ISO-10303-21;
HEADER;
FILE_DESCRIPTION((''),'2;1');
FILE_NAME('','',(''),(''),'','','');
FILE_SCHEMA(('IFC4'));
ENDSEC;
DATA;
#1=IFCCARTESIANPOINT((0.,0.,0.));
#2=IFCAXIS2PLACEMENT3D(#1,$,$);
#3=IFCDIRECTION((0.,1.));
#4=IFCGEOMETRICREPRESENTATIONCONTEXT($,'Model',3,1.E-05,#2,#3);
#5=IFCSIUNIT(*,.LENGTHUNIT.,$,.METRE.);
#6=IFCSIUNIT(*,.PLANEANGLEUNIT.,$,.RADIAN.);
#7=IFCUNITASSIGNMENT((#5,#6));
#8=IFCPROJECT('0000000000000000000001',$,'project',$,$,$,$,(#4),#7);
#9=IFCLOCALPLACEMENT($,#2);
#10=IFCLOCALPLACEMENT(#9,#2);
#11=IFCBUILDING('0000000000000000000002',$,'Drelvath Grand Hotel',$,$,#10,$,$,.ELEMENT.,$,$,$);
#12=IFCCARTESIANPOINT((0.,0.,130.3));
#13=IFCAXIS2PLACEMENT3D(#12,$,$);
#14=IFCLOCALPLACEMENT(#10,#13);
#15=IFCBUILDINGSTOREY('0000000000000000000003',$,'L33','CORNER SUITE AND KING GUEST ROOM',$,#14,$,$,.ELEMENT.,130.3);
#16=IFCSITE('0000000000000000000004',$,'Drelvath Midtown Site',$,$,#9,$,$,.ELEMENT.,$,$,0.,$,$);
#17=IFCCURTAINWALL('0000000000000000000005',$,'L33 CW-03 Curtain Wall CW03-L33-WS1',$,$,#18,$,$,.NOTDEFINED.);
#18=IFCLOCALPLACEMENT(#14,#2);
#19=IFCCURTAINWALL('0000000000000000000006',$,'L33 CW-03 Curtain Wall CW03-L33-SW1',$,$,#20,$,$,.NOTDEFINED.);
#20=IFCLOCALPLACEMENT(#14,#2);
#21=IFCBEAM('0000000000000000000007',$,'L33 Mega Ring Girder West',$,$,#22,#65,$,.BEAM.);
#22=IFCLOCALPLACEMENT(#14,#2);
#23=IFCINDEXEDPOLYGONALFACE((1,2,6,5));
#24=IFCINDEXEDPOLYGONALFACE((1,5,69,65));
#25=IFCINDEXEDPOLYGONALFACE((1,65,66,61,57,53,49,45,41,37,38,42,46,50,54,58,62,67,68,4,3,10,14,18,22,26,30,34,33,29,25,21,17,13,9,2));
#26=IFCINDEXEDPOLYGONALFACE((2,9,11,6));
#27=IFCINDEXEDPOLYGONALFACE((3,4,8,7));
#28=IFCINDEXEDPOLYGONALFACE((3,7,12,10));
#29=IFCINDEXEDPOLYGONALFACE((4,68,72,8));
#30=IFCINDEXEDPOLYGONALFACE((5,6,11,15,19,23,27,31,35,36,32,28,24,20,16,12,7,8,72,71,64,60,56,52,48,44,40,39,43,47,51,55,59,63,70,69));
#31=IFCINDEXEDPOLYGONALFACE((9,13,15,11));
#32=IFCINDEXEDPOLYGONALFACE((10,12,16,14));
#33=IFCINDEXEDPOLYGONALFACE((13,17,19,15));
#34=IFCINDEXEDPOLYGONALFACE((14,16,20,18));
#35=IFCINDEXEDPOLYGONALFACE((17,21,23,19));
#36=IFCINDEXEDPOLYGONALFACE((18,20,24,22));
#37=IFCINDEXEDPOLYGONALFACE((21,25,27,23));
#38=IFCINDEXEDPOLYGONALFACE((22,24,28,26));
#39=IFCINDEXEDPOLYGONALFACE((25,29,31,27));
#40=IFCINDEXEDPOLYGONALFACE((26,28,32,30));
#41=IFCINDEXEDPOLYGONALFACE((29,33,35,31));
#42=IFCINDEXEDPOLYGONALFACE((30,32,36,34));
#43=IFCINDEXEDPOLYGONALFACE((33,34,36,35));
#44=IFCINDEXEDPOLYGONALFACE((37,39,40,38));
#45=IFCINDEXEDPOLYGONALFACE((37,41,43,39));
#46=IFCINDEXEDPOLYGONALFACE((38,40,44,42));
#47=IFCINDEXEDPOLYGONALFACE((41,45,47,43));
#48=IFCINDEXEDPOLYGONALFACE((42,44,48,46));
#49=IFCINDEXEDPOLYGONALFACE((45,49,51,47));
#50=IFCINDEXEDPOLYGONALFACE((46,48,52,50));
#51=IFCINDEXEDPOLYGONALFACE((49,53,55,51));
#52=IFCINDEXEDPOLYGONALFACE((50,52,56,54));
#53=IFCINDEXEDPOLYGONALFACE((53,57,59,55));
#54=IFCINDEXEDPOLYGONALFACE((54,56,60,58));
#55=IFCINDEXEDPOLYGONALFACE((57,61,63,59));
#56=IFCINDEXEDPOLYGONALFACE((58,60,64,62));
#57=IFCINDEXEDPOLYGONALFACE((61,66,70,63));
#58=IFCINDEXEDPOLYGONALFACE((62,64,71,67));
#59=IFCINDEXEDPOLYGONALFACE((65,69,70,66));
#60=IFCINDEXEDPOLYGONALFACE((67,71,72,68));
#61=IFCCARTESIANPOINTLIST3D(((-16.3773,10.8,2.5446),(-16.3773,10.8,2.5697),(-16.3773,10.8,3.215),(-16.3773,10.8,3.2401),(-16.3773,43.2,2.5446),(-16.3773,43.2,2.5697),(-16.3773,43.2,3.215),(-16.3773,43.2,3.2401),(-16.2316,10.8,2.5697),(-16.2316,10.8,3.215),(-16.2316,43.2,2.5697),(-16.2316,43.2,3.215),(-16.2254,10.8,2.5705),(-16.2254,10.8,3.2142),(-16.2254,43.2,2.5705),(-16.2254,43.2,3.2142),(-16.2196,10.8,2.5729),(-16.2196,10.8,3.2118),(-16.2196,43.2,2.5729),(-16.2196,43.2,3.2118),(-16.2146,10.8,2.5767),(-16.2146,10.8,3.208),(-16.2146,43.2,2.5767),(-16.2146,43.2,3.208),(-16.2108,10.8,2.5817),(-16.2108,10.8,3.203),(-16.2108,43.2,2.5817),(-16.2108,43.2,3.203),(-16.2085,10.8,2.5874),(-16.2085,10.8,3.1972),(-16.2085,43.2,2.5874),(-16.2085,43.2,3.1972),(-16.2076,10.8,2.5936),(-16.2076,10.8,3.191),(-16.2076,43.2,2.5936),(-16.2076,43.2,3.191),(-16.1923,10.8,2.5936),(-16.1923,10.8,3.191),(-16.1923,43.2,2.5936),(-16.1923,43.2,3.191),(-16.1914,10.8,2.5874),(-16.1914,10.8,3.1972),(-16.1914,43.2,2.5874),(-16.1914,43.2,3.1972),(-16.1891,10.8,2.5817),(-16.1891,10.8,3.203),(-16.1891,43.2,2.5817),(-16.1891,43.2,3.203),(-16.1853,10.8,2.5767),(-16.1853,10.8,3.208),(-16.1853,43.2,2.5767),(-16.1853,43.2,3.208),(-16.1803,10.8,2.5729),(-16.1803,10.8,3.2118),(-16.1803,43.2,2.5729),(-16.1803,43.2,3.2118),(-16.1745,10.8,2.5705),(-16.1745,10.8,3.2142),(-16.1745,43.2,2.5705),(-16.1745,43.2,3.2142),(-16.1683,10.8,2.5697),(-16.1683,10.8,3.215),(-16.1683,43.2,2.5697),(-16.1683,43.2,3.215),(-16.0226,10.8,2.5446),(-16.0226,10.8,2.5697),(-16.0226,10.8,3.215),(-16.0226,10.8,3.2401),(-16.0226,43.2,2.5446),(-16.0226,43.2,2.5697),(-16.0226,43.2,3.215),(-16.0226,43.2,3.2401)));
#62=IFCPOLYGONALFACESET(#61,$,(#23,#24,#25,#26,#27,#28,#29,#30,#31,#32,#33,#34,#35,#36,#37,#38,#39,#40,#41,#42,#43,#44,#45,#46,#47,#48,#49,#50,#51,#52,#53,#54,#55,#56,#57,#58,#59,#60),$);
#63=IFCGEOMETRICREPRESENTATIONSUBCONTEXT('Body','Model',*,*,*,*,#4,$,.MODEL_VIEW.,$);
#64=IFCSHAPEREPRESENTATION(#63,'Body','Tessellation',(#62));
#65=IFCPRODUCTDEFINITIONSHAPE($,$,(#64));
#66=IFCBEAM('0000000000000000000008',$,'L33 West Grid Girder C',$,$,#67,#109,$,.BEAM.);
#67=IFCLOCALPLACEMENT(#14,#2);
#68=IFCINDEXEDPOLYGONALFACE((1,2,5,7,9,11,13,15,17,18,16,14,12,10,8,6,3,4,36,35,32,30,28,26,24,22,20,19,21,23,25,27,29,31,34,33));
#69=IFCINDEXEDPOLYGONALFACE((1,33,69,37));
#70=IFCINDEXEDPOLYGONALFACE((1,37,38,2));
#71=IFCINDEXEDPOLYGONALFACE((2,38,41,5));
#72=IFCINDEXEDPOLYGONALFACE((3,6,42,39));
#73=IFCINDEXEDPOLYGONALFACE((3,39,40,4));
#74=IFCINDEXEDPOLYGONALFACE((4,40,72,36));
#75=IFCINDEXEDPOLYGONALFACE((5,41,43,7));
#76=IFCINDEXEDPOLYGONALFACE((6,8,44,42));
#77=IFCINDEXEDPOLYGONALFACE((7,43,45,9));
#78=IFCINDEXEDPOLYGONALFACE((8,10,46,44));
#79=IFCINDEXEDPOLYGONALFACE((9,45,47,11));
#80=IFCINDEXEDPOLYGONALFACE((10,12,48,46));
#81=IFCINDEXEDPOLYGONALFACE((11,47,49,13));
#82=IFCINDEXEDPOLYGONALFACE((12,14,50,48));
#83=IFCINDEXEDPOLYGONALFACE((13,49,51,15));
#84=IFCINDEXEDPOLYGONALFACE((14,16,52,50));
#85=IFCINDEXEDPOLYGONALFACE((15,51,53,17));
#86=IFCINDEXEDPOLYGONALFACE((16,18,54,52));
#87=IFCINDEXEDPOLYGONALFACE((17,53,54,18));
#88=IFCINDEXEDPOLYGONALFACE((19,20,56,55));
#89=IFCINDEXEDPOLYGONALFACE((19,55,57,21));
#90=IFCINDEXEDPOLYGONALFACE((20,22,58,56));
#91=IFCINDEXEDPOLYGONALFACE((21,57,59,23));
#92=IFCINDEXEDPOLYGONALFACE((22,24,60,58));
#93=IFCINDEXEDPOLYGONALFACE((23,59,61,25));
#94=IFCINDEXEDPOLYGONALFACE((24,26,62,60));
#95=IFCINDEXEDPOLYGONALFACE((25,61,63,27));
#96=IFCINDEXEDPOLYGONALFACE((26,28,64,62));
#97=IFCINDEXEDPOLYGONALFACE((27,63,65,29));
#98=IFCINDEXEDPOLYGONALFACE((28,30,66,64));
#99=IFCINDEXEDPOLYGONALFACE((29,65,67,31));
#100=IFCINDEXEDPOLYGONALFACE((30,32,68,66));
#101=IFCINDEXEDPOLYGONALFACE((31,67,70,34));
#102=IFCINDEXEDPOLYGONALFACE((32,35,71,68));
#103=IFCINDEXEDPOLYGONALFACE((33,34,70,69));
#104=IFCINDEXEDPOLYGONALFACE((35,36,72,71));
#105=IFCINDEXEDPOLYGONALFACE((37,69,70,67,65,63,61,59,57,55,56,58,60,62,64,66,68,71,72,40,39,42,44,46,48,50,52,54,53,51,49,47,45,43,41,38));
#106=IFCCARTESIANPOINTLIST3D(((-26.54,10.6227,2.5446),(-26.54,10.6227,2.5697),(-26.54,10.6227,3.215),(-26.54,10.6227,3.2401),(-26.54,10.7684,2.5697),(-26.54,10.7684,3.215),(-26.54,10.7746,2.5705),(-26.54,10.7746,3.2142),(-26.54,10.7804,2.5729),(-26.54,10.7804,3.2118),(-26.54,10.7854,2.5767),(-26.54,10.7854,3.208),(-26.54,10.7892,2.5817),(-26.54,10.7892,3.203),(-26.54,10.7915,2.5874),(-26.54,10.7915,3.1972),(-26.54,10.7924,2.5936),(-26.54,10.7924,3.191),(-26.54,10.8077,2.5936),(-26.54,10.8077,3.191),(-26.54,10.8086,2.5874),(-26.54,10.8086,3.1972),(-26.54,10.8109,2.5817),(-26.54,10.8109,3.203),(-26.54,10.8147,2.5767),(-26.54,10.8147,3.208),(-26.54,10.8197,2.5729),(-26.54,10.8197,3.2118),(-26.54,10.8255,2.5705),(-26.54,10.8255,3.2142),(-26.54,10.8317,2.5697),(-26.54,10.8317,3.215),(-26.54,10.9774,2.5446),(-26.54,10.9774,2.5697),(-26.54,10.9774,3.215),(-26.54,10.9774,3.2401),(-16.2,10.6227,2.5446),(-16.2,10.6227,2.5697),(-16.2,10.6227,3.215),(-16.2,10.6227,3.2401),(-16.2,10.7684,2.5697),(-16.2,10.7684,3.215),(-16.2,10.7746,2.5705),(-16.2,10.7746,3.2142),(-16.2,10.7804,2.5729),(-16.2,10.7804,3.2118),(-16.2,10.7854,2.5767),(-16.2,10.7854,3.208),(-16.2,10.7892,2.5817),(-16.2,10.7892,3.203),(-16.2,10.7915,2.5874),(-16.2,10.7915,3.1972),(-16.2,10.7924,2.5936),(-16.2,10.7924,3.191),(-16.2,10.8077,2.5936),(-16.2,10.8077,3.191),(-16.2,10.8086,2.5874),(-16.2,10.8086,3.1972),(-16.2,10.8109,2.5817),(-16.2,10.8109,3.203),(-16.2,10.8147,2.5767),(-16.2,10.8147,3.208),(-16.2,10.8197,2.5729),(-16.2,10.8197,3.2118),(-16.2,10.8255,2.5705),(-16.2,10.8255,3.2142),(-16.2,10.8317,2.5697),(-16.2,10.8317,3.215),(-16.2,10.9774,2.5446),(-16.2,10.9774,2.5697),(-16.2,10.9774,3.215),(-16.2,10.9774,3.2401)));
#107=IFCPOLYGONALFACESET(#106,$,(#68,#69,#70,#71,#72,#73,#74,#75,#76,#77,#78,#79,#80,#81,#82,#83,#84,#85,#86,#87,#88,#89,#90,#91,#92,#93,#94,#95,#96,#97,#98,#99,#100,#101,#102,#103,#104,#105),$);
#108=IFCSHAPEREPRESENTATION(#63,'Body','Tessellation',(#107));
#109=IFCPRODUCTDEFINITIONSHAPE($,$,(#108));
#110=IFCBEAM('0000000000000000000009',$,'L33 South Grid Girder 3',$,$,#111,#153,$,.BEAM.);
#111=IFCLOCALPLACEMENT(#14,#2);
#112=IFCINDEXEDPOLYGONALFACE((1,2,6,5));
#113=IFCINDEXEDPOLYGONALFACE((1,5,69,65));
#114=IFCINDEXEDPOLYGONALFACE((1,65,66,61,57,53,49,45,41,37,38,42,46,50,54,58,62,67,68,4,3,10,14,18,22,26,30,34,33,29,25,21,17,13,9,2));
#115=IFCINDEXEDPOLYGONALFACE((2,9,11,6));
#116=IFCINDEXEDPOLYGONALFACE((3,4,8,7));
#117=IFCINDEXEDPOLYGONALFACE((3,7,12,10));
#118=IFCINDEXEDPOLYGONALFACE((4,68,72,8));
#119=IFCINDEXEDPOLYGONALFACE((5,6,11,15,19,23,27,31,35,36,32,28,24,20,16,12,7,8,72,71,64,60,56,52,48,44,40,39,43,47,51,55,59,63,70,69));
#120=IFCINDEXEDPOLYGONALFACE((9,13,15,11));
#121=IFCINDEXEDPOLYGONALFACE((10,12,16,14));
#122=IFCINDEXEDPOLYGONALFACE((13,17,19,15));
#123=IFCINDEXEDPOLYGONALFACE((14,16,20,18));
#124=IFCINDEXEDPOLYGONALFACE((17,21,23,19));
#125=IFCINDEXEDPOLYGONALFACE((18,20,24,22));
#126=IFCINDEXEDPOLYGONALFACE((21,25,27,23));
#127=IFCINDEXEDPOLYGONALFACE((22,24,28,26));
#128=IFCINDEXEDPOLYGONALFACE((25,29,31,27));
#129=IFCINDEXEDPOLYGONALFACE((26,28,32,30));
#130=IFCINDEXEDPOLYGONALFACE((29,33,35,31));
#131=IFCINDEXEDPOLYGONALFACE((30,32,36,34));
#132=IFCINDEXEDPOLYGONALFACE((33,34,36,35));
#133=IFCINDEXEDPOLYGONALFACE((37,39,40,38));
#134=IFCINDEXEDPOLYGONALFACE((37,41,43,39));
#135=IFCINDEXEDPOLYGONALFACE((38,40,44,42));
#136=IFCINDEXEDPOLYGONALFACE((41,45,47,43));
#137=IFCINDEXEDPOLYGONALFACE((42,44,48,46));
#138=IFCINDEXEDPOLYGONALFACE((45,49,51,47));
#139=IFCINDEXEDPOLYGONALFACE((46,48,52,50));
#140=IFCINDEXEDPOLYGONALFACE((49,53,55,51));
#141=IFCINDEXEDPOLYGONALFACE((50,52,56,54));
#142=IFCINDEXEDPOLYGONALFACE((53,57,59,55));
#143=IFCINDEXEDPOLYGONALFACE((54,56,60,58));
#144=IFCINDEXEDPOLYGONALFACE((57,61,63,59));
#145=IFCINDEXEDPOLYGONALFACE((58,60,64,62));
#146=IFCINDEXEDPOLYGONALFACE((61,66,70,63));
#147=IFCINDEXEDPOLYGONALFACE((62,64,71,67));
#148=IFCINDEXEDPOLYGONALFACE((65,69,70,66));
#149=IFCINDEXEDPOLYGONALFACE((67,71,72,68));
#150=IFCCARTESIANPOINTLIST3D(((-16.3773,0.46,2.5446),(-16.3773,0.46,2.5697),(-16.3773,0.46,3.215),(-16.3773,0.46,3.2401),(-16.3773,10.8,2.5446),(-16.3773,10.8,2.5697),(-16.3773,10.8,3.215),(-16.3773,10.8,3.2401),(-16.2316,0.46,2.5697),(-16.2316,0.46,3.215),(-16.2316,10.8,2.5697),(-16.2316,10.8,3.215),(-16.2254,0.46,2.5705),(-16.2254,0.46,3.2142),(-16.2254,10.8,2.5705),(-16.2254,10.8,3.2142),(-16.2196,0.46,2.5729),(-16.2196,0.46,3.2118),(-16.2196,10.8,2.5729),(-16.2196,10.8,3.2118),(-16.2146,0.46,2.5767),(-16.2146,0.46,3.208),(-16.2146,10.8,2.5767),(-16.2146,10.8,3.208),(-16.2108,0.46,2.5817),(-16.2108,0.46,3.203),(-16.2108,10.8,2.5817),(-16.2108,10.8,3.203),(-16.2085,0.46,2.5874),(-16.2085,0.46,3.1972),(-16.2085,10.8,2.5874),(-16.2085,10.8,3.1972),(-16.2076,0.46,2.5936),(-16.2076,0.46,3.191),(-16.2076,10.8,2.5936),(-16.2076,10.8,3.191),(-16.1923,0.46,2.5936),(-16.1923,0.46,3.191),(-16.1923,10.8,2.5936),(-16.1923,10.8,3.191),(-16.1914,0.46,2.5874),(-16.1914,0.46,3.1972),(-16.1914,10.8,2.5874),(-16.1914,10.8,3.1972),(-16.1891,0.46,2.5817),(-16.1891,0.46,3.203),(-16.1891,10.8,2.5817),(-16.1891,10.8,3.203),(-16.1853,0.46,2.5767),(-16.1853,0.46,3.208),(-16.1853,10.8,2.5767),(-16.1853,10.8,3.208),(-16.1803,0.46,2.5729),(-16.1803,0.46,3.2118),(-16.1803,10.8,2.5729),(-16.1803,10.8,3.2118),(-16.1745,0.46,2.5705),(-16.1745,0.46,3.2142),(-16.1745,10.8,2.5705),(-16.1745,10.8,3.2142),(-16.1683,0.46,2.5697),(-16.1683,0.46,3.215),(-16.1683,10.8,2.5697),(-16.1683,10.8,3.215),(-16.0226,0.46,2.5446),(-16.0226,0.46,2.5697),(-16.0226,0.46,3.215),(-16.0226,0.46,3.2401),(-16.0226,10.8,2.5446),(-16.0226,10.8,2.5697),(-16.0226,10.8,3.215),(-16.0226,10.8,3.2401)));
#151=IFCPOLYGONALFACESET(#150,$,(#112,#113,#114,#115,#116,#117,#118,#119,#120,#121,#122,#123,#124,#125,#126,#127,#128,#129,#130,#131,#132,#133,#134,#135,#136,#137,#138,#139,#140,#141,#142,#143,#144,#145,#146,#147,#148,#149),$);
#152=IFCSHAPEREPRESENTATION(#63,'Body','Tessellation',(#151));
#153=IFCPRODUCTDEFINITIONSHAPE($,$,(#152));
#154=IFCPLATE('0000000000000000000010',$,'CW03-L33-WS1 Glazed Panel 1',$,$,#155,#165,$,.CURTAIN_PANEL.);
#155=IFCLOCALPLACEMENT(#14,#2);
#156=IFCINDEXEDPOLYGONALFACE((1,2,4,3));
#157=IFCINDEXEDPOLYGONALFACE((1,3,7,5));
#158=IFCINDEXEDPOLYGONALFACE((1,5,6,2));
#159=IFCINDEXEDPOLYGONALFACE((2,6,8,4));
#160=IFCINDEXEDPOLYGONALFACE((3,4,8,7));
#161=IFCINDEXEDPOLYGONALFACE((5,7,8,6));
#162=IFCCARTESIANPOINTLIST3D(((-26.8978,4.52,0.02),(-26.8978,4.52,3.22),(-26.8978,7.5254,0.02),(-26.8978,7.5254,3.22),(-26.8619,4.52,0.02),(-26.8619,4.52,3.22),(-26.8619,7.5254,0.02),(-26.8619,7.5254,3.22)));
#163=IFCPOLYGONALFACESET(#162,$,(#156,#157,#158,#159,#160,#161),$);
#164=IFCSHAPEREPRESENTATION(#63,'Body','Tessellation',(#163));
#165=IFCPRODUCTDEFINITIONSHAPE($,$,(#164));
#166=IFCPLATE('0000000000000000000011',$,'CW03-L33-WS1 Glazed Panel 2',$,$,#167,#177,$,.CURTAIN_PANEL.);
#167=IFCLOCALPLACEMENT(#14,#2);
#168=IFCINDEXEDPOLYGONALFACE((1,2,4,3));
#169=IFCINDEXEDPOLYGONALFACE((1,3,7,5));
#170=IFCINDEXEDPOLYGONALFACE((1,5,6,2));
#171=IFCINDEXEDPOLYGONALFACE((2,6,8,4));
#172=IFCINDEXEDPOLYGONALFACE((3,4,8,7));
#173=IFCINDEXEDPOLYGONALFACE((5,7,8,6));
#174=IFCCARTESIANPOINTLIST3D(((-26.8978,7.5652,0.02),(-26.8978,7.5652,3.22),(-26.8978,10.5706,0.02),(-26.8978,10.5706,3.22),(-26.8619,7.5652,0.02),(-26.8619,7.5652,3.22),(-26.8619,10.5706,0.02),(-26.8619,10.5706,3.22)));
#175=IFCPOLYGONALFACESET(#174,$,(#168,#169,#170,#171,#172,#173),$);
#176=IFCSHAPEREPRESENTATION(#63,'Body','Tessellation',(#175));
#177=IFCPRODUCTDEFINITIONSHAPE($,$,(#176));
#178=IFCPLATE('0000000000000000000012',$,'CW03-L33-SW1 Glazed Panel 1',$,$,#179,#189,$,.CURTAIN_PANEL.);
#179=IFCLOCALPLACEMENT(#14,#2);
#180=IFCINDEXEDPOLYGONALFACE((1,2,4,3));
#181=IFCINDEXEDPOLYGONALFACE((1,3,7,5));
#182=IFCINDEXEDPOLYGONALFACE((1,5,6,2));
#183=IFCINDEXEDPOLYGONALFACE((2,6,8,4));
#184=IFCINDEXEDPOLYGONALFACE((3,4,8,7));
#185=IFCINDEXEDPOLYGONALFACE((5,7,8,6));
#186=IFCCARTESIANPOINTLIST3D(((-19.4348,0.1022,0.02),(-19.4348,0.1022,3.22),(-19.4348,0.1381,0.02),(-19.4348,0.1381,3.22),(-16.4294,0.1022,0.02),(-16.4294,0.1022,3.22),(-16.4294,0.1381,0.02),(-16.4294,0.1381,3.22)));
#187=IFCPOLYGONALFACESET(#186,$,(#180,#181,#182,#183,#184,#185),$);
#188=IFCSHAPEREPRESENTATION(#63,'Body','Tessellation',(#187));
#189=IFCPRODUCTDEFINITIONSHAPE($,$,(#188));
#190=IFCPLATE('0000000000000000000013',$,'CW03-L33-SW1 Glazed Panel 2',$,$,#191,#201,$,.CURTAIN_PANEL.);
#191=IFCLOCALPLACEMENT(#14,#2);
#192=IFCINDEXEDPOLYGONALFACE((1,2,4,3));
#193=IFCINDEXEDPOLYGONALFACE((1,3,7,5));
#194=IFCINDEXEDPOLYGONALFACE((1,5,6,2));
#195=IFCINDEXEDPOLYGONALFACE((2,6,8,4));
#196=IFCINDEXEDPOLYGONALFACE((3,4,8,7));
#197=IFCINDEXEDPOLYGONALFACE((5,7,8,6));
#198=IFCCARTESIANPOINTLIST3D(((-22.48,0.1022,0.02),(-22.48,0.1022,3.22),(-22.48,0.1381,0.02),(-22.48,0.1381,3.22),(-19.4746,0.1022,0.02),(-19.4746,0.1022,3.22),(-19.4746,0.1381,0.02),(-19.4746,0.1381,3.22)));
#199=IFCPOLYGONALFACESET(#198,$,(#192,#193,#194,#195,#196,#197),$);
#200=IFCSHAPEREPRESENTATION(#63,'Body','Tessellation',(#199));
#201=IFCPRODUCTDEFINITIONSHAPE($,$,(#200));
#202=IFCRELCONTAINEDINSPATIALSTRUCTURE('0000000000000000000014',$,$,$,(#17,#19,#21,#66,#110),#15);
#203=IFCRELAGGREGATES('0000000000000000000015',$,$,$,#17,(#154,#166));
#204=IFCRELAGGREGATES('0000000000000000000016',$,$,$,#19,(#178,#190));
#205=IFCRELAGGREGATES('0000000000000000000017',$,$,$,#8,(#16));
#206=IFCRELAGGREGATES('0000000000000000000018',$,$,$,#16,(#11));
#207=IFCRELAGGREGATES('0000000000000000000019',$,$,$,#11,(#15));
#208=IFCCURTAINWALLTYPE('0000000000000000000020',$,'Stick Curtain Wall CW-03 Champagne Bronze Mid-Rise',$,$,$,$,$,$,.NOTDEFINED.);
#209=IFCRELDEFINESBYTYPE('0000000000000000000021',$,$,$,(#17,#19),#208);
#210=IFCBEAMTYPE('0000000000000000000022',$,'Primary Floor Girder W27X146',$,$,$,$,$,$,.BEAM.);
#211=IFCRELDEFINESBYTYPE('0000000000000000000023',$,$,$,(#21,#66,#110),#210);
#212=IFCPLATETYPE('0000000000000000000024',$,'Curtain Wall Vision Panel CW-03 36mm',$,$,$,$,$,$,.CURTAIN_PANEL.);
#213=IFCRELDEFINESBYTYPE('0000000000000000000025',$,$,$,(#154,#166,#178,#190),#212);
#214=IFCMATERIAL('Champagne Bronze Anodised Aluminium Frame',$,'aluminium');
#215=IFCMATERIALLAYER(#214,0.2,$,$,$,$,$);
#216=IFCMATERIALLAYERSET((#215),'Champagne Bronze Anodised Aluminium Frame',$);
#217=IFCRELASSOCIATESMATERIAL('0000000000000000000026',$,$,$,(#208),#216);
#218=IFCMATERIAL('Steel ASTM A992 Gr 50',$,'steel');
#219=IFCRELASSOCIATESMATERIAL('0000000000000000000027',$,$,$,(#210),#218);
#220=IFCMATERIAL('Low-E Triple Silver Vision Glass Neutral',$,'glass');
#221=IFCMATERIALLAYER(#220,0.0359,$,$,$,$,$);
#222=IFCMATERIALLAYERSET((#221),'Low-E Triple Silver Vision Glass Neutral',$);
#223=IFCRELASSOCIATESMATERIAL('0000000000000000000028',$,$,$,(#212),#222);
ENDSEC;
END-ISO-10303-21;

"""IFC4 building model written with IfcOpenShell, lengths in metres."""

from ifc_helpers import new_model, si_unit, direction, frame, origin, origin_2d, place, context, subcontext, project, spatial, rectangle, i_section, extrude, material, layer, layer_set, material_profile, profile_set, type_object, element, aggregate, save


model = new_model("IFC4")

# Units and contexts
model_context = context("Model", 3, precision=1e-05, world=origin(), true_north=direction((0.0, 1.0)))
body_context = subcontext(model_context, "Body", "Model", "MODEL_VIEW")
ifc_project = project(units=[si_unit("LENGTHUNIT", "METRE"), si_unit("PLANEANGLEUNIT", "RADIAN")], contexts=[model_context])

# Site, building, storey
site_placement = place(None, origin())
site = spatial("IfcSite", under=ifc_project, at=site_placement, Name="Drelvath Midtown Site", CompositionType="ELEMENT", RefElevation=0.0)
building_placement = place(site_placement, origin())
building = spatial("IfcBuilding", under=site, at=building_placement, Name="Drelvath Grand Hotel", CompositionType="ELEMENT")
storey_placement = place(building_placement, frame((0.0, 0.0, 130.3)))
storey = spatial("IfcBuildingStorey", under=building, at=storey_placement, Name="L33", Description="CORNER SUITE AND KING GUEST ROOM", CompositionType="ELEMENT", Elevation=130.3)

# Curtain walls
ifc_material_1 = material(Name="Champagne Bronze Anodised Aluminium Frame", Category="aluminium")
ifc_layer_1 = layer(ifc_material_1, 0.2)
ifc_layer_set_1 = layer_set([ifc_layer_1], Name="Champagne Bronze Anodised Aluminium Frame")
curtain_wall_type = type_object("IfcCurtainWallType", Name="Stick Curtain Wall CW-03 Champagne Bronze Mid-Rise", PredefinedType="NOTDEFINED", material=ifc_layer_set_1)
curtain_wall_1_placement = place(storey_placement, origin())
curtain_wall_1 = element("IfcCurtainWall", 1, at=curtain_wall_1_placement, inside=storey, type_object=curtain_wall_type, Name="L33 CW-03 Curtain Wall CW03-L33-WS1", PredefinedType="NOTDEFINED")
curtain_wall_2_placement = place(storey_placement, origin())
curtain_wall_2 = element("IfcCurtainWall", 2, at=curtain_wall_2_placement, inside=storey, type_object=curtain_wall_type, Name="L33 CW-03 Curtain Wall CW03-L33-SW1", PredefinedType="NOTDEFINED")

# Beams
ifc_material_2 = material(Name="Steel ASTM A992 Gr 50", Category="steel")
ifc_material_profile_1 = material_profile(ifc_material_2, i_section(OverallWidth=0.3547, OverallDepth=0.6956, WebThickness=0.0154, FlangeThickness=0.0251, FilletRadius=0.0239, at=origin_2d()), Name="W27X146")
ifc_profile_set_1 = profile_set([ifc_material_profile_1], Name="Steel ASTM A992 Gr 50")
beam_type_1 = type_object("IfcBeamType", Name="Primary Floor Girder W27X146", PredefinedType="BEAM", material=ifc_profile_set_1)
for number, where, z_axis, x_axis, name in (
    (3, (-16.2, 10.8, 2.8923), (0.0, 1.0, 0.0), (-1.0, 0.0, 0.0), "L33 Mega Ring Girder West"),
):
    element("IfcBeam", number, at=place(storey_placement, frame(where, z_axis=z_axis, x_axis=x_axis)), inside=storey, type_object=beam_type_1, Name=name, PredefinedType="BEAM", context=body_context, shape_type="SweptSolid", body=[
        extrude(i_section(OverallWidth=0.3547, OverallDepth=0.6956, WebThickness=0.0154, FlangeThickness=0.0251, FilletRadius=0.0239, at=origin_2d()), origin(), (0.0, 0.0, 1.0), 32.3999),
    ])
for number, where, z_axis, x_axis, name in (
    (4, (-26.54, 10.8, 2.8923), (1.0, 0.0, 0.0), (0.0, 1.0, 0.0), "L33 West Grid Girder C"),
    (5, (-16.2, 0.46, 2.8923), (0.0, 1.0, 0.0), (-1.0, 0.0, 0.0), "L33 South Grid Girder 3"),
):
    element("IfcBeam", number, at=place(storey_placement, frame(where, z_axis=z_axis, x_axis=x_axis)), inside=storey, type_object=beam_type_1, Name=name, PredefinedType="BEAM", context=body_context, shape_type="SweptSolid", body=[
        extrude(i_section(OverallWidth=0.3547, OverallDepth=0.6956, WebThickness=0.0154, FlangeThickness=0.0251, FilletRadius=0.0239, at=origin_2d()), origin(), (0.0, 0.0, 1.0), 10.3401),
    ])

# Plates
ifc_material_3 = material(Name="Low-E Triple Silver Vision Glass Neutral", Category="glass")
ifc_layer_2 = layer(ifc_material_3, 0.0359)
ifc_layer_set_2 = layer_set([ifc_layer_2], Name="Low-E Triple Silver Vision Glass Neutral")
plate_type = type_object("IfcPlateType", Name="Curtain Wall Vision Panel CW-03 36mm", PredefinedType="CURTAIN_PANEL", material=ifc_layer_set_2)
plate_1_placement = place(storey_placement, frame((-26.8799, 6.0227, 0.02), z_axis=(0.0, 0.0, 1.0), x_axis=(0.0, 1.0, 0.0)))
plate_1 = element("IfcPlate", 6, at=plate_1_placement, type_object=plate_type, Name="CW03-L33-WS1 Glazed Panel 1", PredefinedType="CURTAIN_PANEL", context=body_context, shape_type="SweptSolid", body=[
    extrude(rectangle(XDim=3.0054, YDim=0.0359, at=origin_2d()), origin(), (0.0, 0.0, 1.0), 3.2),
])
plate_2_placement = place(storey_placement, frame((-26.8799, 9.0679, 0.02), z_axis=(0.0, 0.0, 1.0), x_axis=(0.0, 1.0, 0.0)))
plate_2 = element("IfcPlate", 7, at=plate_2_placement, type_object=plate_type, Name="CW03-L33-WS1 Glazed Panel 2", PredefinedType="CURTAIN_PANEL", context=body_context, shape_type="SweptSolid", body=[
    extrude(rectangle(XDim=3.0054, YDim=0.0359, at=origin_2d()), origin(), (0.0, 0.0, 1.0), 3.2),
])
aggregate(curtain_wall_1, [plate_1, plate_2])
plate_3_placement = place(storey_placement, frame((-17.9321, 0.1201, 0.02), z_axis=(0.0, 0.0, 1.0), x_axis=(-1.0, 0.0, 0.0)))
plate_3 = element("IfcPlate", 8, at=plate_3_placement, type_object=plate_type, Name="CW03-L33-SW1 Glazed Panel 1", PredefinedType="CURTAIN_PANEL", context=body_context, shape_type="SweptSolid", body=[
    extrude(rectangle(XDim=3.0054, YDim=0.0359, at=origin_2d()), origin(), (0.0, 0.0, 1.0), 3.2),
])
plate_4_placement = place(storey_placement, frame((-20.9773, 0.1201, 0.02), z_axis=(0.0, 0.0, 1.0), x_axis=(-1.0, 0.0, 0.0)))
plate_4 = element("IfcPlate", 9, at=plate_4_placement, type_object=plate_type, Name="CW03-L33-SW1 Glazed Panel 2", PredefinedType="CURTAIN_PANEL", context=body_context, shape_type="SweptSolid", body=[
    extrude(rectangle(XDim=3.0054, YDim=0.0359, at=origin_2d()), origin(), (0.0, 0.0, 1.0), 3.2),
])
aggregate(curtain_wall_2, [plate_3, plate_4])

save(model, "model.ifc")
